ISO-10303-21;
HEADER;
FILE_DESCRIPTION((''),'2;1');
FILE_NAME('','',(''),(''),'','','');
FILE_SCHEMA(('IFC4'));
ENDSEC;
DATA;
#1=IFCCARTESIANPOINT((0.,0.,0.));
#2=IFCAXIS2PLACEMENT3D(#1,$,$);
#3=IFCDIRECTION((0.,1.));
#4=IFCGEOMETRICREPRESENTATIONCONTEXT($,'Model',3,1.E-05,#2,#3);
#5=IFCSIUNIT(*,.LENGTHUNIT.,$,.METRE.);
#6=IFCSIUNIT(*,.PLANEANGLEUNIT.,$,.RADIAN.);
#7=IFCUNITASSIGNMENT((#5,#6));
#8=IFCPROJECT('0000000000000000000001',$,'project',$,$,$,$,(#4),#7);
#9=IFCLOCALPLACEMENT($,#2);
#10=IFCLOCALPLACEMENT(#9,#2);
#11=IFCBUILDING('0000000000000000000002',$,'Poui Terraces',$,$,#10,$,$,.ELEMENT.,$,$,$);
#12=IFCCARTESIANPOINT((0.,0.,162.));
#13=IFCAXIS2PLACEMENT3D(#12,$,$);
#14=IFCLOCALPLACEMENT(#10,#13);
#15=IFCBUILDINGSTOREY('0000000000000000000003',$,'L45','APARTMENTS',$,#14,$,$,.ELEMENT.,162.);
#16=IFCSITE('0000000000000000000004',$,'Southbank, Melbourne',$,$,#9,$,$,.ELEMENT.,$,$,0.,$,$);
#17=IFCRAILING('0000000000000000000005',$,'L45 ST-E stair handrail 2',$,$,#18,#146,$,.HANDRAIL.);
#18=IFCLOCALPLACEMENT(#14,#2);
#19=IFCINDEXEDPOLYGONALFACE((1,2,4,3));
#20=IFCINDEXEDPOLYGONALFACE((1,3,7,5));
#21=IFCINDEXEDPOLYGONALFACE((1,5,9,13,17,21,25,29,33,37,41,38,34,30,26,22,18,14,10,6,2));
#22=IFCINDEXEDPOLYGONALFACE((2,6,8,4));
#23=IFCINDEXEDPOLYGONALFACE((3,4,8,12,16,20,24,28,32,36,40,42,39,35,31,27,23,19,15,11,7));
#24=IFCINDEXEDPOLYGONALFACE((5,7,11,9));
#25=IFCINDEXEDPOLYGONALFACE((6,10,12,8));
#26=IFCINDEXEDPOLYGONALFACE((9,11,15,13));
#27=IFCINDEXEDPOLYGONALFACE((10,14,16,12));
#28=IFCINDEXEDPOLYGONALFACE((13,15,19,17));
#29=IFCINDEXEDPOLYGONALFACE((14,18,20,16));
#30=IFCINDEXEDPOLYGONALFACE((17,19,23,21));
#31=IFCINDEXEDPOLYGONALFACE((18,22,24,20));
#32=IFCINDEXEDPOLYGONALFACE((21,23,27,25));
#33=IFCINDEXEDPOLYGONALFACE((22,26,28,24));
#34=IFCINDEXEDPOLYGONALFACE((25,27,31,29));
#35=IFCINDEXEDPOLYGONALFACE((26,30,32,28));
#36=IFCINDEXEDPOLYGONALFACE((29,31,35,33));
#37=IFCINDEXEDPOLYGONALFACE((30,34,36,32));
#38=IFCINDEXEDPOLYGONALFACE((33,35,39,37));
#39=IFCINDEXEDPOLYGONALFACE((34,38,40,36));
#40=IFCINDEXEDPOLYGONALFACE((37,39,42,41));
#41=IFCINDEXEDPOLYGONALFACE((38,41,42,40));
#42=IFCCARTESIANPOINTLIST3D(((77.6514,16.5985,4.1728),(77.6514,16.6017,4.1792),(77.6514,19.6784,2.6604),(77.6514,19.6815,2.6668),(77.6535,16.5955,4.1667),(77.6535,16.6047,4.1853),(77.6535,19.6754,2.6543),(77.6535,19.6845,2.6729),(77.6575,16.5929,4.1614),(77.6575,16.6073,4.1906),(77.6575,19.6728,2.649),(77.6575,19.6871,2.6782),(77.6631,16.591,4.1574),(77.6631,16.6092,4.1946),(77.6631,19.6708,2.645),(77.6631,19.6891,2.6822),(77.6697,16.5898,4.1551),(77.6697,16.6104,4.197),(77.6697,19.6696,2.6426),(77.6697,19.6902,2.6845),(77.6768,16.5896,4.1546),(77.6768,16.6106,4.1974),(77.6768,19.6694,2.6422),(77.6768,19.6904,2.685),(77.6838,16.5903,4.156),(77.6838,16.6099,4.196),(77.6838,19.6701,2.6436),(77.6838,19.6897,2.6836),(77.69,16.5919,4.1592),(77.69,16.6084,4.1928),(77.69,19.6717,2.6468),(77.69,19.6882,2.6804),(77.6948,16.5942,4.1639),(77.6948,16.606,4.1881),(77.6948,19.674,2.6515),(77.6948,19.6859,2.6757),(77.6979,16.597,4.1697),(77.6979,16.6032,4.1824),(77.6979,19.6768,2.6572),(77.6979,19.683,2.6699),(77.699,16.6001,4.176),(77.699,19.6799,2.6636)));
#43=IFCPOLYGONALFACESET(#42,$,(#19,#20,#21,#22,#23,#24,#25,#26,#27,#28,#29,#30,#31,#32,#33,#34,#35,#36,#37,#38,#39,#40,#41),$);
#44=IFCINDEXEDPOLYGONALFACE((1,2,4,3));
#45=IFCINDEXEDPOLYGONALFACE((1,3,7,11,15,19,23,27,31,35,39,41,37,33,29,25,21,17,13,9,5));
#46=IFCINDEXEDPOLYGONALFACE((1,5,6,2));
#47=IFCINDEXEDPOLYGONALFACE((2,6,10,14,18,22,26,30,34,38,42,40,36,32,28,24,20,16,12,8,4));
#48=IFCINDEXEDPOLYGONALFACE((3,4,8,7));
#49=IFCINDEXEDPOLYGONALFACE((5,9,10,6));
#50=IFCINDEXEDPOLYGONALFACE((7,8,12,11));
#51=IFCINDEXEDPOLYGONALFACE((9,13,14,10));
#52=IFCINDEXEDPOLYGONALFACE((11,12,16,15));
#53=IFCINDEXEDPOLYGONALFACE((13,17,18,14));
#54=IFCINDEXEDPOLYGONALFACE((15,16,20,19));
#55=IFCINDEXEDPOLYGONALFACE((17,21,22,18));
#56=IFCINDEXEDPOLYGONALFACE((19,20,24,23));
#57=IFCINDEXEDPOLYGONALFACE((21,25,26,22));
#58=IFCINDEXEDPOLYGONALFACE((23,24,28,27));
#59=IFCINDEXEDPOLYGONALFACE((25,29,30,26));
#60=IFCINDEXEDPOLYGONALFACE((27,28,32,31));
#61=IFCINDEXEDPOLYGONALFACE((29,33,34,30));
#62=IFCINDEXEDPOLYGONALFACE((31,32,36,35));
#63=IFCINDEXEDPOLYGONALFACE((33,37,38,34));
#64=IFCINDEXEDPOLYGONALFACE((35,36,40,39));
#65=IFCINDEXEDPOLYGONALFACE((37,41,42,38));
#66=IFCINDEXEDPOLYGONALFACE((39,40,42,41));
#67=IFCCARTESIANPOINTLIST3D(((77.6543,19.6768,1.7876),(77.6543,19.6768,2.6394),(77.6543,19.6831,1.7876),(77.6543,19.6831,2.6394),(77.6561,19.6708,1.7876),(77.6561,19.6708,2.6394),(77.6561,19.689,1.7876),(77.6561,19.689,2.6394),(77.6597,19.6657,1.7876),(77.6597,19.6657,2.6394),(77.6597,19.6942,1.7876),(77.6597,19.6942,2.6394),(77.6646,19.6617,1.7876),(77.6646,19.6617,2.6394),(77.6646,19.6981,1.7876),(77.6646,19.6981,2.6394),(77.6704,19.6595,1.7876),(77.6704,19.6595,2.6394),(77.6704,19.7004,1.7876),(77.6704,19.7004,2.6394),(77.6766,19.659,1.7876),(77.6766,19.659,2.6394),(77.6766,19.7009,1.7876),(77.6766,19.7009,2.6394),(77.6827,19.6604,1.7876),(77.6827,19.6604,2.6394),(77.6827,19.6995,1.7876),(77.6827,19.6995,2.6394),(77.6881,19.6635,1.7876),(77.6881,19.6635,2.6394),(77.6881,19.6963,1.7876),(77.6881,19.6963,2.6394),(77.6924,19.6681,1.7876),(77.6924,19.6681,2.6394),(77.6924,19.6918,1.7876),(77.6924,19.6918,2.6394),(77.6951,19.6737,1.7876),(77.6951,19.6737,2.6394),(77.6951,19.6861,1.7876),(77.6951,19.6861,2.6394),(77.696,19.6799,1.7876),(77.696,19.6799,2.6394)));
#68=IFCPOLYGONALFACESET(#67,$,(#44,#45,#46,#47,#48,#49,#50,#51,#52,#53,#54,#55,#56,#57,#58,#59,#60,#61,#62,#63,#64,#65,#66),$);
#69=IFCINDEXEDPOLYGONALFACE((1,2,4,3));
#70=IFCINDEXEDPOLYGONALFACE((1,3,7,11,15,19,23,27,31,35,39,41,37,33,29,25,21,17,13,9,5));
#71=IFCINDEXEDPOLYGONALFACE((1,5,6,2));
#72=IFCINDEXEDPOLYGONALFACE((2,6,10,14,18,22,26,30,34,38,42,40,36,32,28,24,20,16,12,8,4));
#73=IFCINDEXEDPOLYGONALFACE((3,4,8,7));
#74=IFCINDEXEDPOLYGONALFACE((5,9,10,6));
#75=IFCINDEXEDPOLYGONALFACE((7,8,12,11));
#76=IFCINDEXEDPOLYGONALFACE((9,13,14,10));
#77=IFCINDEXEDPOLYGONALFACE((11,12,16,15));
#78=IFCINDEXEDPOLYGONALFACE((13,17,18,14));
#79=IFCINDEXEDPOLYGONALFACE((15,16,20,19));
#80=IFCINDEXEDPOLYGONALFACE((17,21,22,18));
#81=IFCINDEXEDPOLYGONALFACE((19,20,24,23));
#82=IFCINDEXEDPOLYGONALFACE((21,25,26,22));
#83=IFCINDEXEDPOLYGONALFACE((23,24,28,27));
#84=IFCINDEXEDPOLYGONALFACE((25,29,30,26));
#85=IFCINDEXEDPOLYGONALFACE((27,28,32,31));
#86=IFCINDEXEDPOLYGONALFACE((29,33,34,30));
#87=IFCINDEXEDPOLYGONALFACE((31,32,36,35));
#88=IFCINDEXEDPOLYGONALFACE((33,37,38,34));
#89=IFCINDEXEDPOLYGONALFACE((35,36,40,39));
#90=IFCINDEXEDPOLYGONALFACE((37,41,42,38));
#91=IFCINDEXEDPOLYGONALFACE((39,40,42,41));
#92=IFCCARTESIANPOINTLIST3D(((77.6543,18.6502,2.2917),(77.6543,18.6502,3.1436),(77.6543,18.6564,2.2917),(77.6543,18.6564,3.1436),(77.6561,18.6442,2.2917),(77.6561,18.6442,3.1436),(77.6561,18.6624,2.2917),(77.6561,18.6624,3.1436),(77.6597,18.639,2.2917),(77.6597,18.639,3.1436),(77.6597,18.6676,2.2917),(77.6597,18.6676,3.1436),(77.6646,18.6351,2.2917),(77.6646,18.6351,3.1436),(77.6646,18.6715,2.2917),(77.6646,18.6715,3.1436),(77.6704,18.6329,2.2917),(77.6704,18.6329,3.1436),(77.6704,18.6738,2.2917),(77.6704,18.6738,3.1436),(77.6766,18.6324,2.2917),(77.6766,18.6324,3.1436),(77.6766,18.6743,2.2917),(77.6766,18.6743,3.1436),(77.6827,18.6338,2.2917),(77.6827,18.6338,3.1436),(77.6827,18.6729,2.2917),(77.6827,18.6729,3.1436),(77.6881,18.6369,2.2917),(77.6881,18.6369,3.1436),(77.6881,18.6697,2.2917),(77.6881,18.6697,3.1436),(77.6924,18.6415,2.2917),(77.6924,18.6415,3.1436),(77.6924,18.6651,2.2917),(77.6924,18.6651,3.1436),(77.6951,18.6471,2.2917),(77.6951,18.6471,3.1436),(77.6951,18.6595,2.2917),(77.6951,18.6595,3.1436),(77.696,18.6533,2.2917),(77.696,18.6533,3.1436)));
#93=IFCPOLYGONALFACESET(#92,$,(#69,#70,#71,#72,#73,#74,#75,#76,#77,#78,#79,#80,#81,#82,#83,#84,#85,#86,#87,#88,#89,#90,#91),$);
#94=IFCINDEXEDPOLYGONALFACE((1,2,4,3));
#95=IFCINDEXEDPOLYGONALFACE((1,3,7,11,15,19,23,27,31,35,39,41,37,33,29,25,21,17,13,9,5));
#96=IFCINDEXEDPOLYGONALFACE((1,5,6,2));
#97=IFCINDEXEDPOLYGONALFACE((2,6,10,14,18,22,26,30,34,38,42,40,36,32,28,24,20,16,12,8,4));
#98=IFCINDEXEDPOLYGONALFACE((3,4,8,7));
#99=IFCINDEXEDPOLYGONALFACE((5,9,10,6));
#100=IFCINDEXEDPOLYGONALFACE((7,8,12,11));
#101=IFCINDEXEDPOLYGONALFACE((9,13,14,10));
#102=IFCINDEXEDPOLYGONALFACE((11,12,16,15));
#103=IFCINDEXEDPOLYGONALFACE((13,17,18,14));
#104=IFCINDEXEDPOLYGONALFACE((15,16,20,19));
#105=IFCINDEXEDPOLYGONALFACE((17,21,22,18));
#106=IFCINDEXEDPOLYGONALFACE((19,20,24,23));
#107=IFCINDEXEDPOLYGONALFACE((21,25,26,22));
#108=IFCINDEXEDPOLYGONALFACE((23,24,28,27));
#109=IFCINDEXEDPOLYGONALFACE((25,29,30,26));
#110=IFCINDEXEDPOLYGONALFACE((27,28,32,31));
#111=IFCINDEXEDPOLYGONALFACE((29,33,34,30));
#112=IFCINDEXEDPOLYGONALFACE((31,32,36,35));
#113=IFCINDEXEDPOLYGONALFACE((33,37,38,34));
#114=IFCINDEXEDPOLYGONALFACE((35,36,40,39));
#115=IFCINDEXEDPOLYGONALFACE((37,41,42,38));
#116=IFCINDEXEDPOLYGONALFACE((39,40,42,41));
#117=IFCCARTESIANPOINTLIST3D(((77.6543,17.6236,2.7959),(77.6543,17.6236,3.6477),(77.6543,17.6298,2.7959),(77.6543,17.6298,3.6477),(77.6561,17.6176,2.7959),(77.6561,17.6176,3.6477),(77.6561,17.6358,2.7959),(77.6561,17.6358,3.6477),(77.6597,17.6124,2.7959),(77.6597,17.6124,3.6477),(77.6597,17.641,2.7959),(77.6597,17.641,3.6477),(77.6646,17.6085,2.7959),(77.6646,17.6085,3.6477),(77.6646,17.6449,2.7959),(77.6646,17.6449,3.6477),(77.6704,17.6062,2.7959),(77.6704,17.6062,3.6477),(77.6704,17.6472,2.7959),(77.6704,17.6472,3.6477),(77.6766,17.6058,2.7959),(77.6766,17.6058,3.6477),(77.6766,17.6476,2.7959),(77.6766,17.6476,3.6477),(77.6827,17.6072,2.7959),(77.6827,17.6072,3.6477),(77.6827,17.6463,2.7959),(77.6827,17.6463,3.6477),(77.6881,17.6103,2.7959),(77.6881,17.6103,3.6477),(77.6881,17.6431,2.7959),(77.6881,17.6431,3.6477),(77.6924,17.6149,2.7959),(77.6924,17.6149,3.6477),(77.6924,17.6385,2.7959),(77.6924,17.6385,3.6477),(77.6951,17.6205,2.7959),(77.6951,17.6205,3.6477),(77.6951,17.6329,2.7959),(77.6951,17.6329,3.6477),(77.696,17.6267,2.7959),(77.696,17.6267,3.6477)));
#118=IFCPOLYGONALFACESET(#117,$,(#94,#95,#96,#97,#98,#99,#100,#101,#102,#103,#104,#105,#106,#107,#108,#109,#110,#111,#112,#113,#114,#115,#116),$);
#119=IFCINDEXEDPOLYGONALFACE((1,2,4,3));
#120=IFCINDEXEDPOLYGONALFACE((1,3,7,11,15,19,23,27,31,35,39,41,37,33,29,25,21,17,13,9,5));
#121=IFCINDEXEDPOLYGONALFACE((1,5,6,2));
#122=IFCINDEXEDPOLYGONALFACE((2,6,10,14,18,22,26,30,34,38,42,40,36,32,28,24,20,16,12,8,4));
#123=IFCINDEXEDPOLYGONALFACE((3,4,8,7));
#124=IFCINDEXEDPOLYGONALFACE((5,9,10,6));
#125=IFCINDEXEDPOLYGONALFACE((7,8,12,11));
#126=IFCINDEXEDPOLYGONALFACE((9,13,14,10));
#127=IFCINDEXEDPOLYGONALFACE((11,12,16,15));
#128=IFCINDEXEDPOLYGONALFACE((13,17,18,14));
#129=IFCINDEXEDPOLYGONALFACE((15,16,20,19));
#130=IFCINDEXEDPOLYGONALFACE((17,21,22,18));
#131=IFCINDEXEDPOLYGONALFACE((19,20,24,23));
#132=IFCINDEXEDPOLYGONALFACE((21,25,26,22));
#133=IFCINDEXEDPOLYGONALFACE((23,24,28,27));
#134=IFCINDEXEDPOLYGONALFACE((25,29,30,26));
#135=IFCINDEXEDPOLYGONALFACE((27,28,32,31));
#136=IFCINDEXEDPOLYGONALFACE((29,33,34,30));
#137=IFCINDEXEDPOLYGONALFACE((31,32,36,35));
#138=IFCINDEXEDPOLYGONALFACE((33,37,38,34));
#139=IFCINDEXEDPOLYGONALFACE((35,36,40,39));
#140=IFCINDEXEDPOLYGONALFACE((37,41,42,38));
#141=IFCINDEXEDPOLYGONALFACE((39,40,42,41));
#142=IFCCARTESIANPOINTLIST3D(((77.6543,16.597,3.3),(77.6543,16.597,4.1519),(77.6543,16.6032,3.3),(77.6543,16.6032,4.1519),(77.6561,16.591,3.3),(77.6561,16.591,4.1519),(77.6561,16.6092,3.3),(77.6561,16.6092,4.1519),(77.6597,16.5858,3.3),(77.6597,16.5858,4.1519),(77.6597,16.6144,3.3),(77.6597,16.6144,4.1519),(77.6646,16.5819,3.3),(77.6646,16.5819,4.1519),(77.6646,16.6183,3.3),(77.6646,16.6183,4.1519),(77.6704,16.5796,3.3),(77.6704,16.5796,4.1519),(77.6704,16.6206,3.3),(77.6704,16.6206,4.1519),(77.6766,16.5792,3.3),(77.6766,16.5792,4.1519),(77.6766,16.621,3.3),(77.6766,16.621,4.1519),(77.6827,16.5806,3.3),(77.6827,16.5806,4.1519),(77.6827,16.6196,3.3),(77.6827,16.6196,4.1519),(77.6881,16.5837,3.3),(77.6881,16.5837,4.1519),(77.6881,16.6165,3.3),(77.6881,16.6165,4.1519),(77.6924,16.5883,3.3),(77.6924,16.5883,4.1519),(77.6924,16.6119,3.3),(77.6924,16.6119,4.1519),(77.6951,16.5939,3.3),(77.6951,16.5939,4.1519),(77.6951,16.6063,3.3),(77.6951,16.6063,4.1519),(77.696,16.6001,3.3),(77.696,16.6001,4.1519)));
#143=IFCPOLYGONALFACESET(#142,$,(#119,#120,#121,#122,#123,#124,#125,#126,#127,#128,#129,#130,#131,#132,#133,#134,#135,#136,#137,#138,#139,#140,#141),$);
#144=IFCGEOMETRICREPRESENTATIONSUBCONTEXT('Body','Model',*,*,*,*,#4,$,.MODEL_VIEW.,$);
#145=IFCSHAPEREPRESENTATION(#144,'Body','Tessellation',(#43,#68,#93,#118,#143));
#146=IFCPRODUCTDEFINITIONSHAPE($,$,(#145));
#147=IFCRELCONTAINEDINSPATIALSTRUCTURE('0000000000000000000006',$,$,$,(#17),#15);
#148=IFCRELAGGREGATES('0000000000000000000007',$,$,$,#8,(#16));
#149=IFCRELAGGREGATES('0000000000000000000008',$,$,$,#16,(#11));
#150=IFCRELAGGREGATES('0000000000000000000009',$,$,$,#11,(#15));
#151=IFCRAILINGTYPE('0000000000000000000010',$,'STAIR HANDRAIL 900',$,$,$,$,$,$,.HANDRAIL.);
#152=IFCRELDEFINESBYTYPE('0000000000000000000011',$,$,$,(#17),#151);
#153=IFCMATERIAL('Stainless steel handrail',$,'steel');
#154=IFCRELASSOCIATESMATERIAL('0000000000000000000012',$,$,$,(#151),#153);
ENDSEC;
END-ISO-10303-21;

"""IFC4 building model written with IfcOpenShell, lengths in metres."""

from ifc_helpers import new_model, si_unit, direction, frame, origin, origin_2d, place, context, subcontext, project, spatial, circle, extrude, material, type_object, element, save


model = new_model("IFC4")

# Units and contexts
model_context = context("Model", 3, precision=1e-05, world=origin(), true_north=direction((0.0, 1.0)))
body_context = subcontext(model_context, "Body", "Model", "MODEL_VIEW")
ifc_project = project(units=[si_unit("LENGTHUNIT", "METRE"), si_unit("PLANEANGLEUNIT", "RADIAN")], contexts=[model_context])

# Site, building, storey
site_placement = place(None, origin())
site = spatial("IfcSite", under=ifc_project, at=site_placement, Name="Southbank, Melbourne", CompositionType="ELEMENT", RefElevation=0.0)
building_placement = place(site_placement, origin())
building = spatial("IfcBuilding", under=site, at=building_placement, Name="Poui Terraces", CompositionType="ELEMENT")
storey_placement = place(building_placement, frame((0.0, 0.0, 162.0)))
storey = spatial("IfcBuildingStorey", under=building, at=storey_placement, Name="L45", Description="APARTMENTS", CompositionType="ELEMENT", Elevation=162.0)

# Railing
ifc_material_1 = material(Name="Stainless steel handrail", Category="steel")
railing_type_1 = type_object("IfcRailingType", Name="STAIR HANDRAIL 900", PredefinedType="HANDRAIL", material=ifc_material_1)
railing_1_placement = place(storey_placement, frame((77.675, 19.6799, 1.7876)))
element("IfcRailing", 1, at=railing_1_placement, inside=storey, type_object=railing_type_1, Name="L45 ST-E stair handrail 2", PredefinedType="HANDRAIL", context=body_context, shape_type="SweptSolid", body=[
    extrude(circle(Radius=0.0239, at=origin_2d()), frame((0.0, 0.0, 0.876), z_axis=(0.0, -0.897606, 0.440798), x_axis=(1.0, 0.0, 0.0)), (0.0, 0.0, 1.0), 3.4312),
    extrude(circle(Radius=0.021, at=origin_2d()), origin(), (0.0, 0.0, 1.0), 0.8518),
    extrude(circle(Radius=0.021, at=origin_2d()), frame((0.0, -1.0266, 0.5042)), (0.0, 0.0, 1.0), 0.8518),
    extrude(circle(Radius=0.021, at=origin_2d()), frame((0.0, -2.0532, 1.0083)), (0.0, 0.0, 1.0), 0.8518),
    extrude(circle(Radius=0.021, at=origin_2d()), frame((0.0, -3.0798, 1.5125)), (0.0, 0.0, 1.0), 0.8518),
])

save(model, "model.ifc")
